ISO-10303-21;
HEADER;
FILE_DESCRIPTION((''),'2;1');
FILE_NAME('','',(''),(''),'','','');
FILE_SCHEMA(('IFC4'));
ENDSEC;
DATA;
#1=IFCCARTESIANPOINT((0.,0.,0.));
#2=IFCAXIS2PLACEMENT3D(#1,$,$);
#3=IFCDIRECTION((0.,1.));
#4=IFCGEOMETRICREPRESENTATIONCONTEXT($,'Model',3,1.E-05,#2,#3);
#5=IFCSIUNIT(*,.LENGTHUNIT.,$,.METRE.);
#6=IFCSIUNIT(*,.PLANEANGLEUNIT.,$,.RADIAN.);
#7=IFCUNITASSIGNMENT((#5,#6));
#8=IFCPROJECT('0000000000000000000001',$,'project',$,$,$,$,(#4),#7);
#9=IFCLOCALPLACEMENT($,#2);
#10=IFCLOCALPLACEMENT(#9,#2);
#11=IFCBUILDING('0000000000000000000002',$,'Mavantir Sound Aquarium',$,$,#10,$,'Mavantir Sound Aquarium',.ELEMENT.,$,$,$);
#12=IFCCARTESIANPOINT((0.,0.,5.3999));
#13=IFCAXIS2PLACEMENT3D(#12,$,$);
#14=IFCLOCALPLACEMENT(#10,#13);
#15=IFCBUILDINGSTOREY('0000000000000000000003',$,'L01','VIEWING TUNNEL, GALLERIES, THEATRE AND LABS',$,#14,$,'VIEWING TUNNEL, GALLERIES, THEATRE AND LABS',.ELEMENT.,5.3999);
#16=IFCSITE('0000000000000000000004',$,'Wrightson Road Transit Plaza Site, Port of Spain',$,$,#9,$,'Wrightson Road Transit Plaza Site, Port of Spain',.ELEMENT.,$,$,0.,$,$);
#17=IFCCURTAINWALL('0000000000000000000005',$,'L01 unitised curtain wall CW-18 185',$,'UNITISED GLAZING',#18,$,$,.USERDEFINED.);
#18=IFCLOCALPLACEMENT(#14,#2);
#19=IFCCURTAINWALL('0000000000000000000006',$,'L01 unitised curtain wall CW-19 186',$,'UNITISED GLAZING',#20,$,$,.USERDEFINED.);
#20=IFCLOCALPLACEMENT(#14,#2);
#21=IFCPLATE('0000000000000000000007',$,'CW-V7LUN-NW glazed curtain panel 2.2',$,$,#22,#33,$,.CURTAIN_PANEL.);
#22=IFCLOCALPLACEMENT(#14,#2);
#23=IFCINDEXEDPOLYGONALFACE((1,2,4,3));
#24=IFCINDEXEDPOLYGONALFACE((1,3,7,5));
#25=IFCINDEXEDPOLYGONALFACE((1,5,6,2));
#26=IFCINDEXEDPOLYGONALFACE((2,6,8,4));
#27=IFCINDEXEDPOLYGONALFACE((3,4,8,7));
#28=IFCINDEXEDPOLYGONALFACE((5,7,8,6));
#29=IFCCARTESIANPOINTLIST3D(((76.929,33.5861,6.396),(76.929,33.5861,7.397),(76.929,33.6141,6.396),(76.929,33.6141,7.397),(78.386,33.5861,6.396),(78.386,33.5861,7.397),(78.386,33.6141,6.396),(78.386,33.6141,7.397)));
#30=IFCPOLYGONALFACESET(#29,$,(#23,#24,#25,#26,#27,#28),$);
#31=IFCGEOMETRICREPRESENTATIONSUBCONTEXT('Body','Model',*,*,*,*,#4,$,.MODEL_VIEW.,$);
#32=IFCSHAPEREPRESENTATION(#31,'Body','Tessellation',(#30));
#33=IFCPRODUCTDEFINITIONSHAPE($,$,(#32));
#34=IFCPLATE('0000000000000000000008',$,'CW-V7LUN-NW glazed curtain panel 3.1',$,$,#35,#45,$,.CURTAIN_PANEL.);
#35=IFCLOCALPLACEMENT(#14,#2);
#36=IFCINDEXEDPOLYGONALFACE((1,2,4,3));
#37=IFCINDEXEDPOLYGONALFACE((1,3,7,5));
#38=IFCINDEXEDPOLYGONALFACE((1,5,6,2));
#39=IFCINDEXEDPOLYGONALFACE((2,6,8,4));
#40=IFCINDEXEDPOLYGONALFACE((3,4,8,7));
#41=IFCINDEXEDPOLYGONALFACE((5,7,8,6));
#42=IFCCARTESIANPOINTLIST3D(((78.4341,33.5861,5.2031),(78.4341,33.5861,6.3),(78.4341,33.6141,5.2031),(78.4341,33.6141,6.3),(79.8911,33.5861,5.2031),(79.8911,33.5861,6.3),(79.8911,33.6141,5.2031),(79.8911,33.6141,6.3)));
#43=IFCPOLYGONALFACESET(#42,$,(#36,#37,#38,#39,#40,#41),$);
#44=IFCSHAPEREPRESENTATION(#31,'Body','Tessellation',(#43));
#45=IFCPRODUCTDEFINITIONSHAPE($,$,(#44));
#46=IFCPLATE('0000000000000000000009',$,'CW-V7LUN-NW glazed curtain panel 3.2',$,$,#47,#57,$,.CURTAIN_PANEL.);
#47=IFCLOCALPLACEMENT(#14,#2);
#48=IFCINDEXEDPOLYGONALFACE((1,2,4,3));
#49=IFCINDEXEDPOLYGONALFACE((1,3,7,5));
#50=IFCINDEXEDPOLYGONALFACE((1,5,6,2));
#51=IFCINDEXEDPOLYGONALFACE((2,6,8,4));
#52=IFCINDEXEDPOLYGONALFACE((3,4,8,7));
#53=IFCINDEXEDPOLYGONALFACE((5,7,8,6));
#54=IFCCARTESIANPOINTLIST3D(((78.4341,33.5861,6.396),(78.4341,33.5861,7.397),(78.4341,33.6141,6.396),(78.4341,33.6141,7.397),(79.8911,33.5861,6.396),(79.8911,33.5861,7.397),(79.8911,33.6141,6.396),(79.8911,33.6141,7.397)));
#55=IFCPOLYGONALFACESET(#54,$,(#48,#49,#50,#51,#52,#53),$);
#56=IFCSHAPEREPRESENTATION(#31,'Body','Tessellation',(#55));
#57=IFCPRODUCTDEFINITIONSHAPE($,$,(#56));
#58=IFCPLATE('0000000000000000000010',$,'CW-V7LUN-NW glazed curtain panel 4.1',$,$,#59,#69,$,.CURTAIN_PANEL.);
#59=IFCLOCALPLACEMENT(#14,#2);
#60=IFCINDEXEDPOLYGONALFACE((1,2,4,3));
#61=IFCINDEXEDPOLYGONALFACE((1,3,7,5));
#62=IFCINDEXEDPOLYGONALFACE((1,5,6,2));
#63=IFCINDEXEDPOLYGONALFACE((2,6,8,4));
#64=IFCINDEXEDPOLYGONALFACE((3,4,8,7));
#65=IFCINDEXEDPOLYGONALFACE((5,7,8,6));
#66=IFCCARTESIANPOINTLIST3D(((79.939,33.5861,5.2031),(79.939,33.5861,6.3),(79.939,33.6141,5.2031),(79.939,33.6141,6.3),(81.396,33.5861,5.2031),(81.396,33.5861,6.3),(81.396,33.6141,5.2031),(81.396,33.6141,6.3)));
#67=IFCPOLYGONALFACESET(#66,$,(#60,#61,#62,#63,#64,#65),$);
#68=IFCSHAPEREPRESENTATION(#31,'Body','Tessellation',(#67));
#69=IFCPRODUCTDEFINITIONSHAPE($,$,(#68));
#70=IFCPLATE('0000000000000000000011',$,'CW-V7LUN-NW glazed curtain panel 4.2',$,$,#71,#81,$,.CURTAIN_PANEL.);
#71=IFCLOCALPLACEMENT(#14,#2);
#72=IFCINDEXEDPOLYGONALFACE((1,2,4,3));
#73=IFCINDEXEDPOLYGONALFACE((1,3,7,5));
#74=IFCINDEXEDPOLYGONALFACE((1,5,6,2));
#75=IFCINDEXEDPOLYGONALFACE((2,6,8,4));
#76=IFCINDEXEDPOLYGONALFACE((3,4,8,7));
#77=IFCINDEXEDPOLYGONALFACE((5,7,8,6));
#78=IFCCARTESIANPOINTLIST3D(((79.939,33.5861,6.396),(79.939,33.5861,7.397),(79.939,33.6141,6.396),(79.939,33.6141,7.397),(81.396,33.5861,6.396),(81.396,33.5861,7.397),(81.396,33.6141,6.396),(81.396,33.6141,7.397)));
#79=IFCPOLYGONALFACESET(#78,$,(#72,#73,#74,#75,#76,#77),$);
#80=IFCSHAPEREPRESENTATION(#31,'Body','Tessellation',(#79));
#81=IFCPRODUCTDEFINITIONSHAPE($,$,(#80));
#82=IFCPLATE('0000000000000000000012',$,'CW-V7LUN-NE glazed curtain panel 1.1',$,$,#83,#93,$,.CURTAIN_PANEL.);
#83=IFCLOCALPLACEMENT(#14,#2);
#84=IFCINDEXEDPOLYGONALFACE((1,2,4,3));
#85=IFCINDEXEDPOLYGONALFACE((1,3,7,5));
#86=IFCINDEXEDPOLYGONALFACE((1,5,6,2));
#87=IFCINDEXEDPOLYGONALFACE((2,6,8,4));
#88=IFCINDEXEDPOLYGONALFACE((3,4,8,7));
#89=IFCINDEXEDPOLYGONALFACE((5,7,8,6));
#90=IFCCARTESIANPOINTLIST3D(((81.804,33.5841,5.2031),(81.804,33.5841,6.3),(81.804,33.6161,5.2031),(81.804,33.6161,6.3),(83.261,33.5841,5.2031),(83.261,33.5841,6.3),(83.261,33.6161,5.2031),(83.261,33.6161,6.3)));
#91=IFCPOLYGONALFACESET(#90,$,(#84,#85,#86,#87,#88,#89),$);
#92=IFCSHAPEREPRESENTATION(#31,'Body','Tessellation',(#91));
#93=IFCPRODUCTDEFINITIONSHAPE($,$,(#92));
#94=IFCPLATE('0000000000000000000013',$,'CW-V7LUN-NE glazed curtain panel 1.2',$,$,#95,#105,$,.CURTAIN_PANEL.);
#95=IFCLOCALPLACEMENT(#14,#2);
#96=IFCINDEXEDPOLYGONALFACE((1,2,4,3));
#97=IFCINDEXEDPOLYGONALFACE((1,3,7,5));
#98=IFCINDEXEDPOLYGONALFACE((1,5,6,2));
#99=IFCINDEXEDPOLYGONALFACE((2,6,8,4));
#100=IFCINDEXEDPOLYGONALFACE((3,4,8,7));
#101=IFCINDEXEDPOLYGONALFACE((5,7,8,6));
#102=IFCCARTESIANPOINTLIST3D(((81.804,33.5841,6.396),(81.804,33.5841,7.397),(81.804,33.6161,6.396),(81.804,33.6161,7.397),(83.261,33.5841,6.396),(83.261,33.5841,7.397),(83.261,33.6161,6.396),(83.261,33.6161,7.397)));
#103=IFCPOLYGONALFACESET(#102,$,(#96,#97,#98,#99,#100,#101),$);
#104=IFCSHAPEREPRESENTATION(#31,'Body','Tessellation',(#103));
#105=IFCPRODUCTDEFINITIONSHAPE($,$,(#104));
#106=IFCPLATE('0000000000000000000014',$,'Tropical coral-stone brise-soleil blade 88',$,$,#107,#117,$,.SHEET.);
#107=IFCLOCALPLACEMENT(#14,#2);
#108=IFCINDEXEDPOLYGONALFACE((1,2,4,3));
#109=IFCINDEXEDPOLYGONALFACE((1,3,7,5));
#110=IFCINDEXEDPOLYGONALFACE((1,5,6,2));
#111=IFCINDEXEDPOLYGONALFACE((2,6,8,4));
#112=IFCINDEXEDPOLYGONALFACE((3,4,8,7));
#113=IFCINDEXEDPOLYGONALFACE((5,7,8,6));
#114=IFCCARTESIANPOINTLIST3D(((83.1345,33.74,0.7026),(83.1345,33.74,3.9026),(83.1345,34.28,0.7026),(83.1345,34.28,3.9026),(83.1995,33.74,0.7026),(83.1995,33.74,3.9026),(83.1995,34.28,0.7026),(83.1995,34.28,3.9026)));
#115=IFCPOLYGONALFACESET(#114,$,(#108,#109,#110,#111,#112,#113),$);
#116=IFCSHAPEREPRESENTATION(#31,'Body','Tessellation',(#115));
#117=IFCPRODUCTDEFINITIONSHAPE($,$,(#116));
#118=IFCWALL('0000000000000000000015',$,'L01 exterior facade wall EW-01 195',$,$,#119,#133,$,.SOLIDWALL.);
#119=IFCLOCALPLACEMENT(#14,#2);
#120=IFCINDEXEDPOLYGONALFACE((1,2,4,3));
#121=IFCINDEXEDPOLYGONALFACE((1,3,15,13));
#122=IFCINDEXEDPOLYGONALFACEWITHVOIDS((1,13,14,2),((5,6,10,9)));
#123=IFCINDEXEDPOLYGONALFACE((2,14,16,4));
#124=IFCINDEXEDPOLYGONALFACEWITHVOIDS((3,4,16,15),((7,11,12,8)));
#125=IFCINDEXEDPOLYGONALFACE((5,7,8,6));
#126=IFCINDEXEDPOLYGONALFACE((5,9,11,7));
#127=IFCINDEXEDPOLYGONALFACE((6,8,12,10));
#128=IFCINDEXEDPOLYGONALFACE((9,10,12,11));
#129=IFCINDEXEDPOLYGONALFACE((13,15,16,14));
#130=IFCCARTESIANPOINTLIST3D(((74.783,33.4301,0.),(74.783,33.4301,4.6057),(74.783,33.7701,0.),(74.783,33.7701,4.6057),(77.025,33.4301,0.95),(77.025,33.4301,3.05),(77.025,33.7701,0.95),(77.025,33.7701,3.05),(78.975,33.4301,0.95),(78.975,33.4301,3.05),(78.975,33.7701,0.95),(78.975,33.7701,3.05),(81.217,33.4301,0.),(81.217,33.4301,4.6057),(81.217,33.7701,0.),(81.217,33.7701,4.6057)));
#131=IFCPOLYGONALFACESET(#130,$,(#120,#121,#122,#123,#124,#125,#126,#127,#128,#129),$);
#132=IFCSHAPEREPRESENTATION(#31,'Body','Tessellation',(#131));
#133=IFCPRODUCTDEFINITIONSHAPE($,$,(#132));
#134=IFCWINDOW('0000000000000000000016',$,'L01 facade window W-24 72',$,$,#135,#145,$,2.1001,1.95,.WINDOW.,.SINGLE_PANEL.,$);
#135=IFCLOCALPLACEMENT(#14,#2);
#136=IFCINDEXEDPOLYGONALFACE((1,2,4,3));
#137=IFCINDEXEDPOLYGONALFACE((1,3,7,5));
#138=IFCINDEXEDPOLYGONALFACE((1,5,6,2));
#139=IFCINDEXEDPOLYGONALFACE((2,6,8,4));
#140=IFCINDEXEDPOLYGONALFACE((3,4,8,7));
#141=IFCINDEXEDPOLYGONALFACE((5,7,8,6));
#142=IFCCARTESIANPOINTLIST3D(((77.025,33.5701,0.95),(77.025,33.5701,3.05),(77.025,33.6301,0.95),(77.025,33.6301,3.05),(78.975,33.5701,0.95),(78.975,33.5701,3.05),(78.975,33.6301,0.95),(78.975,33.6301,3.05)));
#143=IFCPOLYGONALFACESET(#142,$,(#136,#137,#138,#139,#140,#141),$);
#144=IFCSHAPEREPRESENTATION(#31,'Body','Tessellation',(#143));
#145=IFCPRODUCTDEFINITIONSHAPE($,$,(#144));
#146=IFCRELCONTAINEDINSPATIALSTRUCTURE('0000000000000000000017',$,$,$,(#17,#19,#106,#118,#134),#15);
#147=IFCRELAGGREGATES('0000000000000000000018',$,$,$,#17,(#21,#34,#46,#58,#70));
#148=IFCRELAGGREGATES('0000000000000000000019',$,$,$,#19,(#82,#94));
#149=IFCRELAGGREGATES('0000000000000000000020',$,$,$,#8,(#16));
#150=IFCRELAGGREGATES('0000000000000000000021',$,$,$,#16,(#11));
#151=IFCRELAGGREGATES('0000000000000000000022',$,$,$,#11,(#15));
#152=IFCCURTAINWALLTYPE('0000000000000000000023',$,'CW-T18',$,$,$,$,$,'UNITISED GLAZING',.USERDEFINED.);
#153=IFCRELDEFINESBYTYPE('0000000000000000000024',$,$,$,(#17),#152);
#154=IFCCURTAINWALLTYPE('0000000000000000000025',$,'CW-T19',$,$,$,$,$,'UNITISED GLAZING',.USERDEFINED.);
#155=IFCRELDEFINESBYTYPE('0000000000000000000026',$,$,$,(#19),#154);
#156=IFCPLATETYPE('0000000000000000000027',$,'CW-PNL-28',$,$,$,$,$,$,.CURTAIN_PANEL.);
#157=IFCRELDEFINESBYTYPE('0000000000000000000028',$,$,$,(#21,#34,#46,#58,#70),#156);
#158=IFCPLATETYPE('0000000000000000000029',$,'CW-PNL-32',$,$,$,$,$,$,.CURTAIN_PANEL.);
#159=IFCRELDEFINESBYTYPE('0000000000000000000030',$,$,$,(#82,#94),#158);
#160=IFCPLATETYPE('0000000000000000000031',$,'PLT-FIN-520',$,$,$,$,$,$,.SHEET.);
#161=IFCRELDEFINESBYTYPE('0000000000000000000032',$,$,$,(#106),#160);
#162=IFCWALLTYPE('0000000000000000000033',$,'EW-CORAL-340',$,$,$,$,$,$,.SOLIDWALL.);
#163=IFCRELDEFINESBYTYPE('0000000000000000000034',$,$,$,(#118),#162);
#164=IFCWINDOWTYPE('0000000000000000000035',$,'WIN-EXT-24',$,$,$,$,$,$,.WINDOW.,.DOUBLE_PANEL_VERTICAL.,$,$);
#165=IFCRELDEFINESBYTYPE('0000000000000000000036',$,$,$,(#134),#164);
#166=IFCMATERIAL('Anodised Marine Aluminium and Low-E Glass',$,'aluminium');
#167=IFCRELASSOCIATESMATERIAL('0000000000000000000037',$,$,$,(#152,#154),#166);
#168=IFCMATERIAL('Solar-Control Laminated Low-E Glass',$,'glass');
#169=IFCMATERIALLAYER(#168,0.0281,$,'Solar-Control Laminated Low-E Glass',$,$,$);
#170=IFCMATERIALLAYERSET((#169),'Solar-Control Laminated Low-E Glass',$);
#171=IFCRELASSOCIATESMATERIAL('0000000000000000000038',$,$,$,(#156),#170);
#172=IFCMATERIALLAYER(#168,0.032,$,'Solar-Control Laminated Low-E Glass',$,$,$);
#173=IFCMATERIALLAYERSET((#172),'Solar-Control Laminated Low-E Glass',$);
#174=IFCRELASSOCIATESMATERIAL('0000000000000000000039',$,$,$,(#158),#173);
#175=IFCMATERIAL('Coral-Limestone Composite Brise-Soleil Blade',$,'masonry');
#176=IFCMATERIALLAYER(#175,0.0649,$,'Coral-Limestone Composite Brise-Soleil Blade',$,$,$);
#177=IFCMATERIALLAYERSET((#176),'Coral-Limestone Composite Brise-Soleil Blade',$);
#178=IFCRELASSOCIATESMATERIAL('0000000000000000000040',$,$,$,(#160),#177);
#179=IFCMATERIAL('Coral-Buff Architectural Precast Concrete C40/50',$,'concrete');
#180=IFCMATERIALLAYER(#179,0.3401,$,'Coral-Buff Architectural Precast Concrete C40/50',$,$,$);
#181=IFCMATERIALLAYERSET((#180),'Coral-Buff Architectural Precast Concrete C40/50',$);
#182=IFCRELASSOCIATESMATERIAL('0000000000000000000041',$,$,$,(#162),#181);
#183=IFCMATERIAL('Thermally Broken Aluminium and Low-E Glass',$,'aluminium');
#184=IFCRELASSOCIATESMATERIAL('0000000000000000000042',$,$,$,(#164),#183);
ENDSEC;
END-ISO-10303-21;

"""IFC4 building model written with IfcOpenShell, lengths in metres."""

from ifc_helpers import new_model, si_unit, direction, frame, frame_2d, origin, origin_2d, place, context, subcontext, project, spatial, rectangle, extrude, material, layer, layer_set, type_object, element, fill, aggregate, save


model = new_model("IFC4")

# Units and contexts
model_context = context("Model", 3, precision=1e-05, world=origin(), true_north=direction((0.0, 1.0)))
body_context = subcontext(model_context, "Body", "Model", "MODEL_VIEW")
ifc_project = project(units=[si_unit("LENGTHUNIT", "METRE"), si_unit("PLANEANGLEUNIT", "RADIAN")], contexts=[model_context])

# Site, building, storey
site_placement = place(None, origin())
site = spatial("IfcSite", under=ifc_project, at=site_placement, Name="Wrightson Road Transit Plaza Site, Port of Spain", LongName="Wrightson Road Transit Plaza Site, Port of Spain", CompositionType="ELEMENT", RefElevation=0.0)
building_placement = place(site_placement, origin())
building = spatial("IfcBuilding", under=site, at=building_placement, Name="Mavantir Sound Aquarium", LongName="Mavantir Sound Aquarium", CompositionType="ELEMENT")
storey_placement = place(building_placement, frame((0.0, 0.0, 5.3999)))
storey = spatial("IfcBuildingStorey", under=building, at=storey_placement, Name="L01", Description="VIEWING TUNNEL, GALLERIES, THEATRE AND LABS", LongName="VIEWING TUNNEL, GALLERIES, THEATRE AND LABS", CompositionType="ELEMENT", Elevation=5.3999)

# Curtain walls
ifc_material_1 = material(Name="Anodised Marine Aluminium and Low-E Glass", Category="aluminium")
curtain_wall_type_1 = type_object("IfcCurtainWallType", Name="CW-T18", ElementType="UNITISED GLAZING", PredefinedType="USERDEFINED", material=ifc_material_1)
curtain_wall_1_placement = place(storey_placement, origin())
curtain_wall_1 = element("IfcCurtainWall", 1, at=curtain_wall_1_placement, inside=storey, type_object=curtain_wall_type_1, Name="L01 unitised curtain wall CW-18 185", ObjectType="UNITISED GLAZING", PredefinedType="USERDEFINED")
curtain_wall_type_2 = type_object("IfcCurtainWallType", Name="CW-T19", ElementType="UNITISED GLAZING", PredefinedType="USERDEFINED", material=ifc_material_1)
curtain_wall_2_placement = place(storey_placement, origin())
curtain_wall_2 = element("IfcCurtainWall", 2, at=curtain_wall_2_placement, inside=storey, type_object=curtain_wall_type_2, Name="L01 unitised curtain wall CW-19 186", ObjectType="UNITISED GLAZING", PredefinedType="USERDEFINED")

# Plates
ifc_material_2 = material(Name="Solar-Control Laminated Low-E Glass", Category="glass")
ifc_layer_1 = layer(ifc_material_2, 0.0281, Name="Solar-Control Laminated Low-E Glass")
ifc_layer_set_1 = layer_set([ifc_layer_1], Name="Solar-Control Laminated Low-E Glass")
plate_type_1 = type_object("IfcPlateType", Name="CW-PNL-28", PredefinedType="CURTAIN_PANEL", material=ifc_layer_set_1)
plate_1_placement = place(storey_placement, frame((77.6575, 33.6001, 6.396), z_axis=(0.0, 0.0, 1.0), x_axis=(1.0, 0.0, 0.0)))
plate_1 = element("IfcPlate", 3, at=plate_1_placement, type_object=plate_type_1, Name="CW-V7LUN-NW glazed curtain panel 2.2", PredefinedType="CURTAIN_PANEL", context=body_context, shape_type="SweptSolid", body=[
    extrude(rectangle(XDim=1.457, YDim=0.0281, at=origin_2d()), origin(), (0.0, 0.0, 1.0), 1.001),
])
plate_2_placement = place(storey_placement, frame((79.1626, 33.6001, 5.2031), z_axis=(0.0, 0.0, 1.0), x_axis=(1.0, 0.0, 0.0)))
plate_2 = element("IfcPlate", 4, at=plate_2_placement, type_object=plate_type_1, Name="CW-V7LUN-NW glazed curtain panel 3.1", PredefinedType="CURTAIN_PANEL", context=body_context, shape_type="SweptSolid", body=[
    extrude(rectangle(XDim=1.457, YDim=0.0281, at=origin_2d()), origin(), (0.0, 0.0, 1.0), 1.0969),
])
plate_3_placement = place(storey_placement, frame((79.1626, 33.6001, 6.396), z_axis=(0.0, 0.0, 1.0), x_axis=(1.0, 0.0, 0.0)))
plate_3 = element("IfcPlate", 5, at=plate_3_placement, type_object=plate_type_1, Name="CW-V7LUN-NW glazed curtain panel 3.2", PredefinedType="CURTAIN_PANEL", context=body_context, shape_type="SweptSolid", body=[
    extrude(rectangle(XDim=1.457, YDim=0.0281, at=origin_2d()), origin(), (0.0, 0.0, 1.0), 1.001),
])
plate_4_placement = place(storey_placement, frame((80.6675, 33.6001, 5.2031), z_axis=(0.0, 0.0, 1.0), x_axis=(1.0, 0.0, 0.0)))
plate_4 = element("IfcPlate", 6, at=plate_4_placement, type_object=plate_type_1, Name="CW-V7LUN-NW glazed curtain panel 4.1", PredefinedType="CURTAIN_PANEL", context=body_context, shape_type="SweptSolid", body=[
    extrude(rectangle(XDim=1.457, YDim=0.0281, at=origin_2d()), origin(), (0.0, 0.0, 1.0), 1.0969),
])
plate_5_placement = place(storey_placement, frame((80.6675, 33.6001, 6.396), z_axis=(0.0, 0.0, 1.0), x_axis=(1.0, 0.0, 0.0)))
plate_5 = element("IfcPlate", 7, at=plate_5_placement, type_object=plate_type_1, Name="CW-V7LUN-NW glazed curtain panel 4.2", PredefinedType="CURTAIN_PANEL", context=body_context, shape_type="SweptSolid", body=[
    extrude(rectangle(XDim=1.457, YDim=0.0281, at=origin_2d()), origin(), (0.0, 0.0, 1.0), 1.001),
])
aggregate(curtain_wall_1, [plate_1, plate_2, plate_3, plate_4, plate_5])
ifc_layer_2 = layer(ifc_material_2, 0.032, Name="Solar-Control Laminated Low-E Glass")
ifc_layer_set_2 = layer_set([ifc_layer_2], Name="Solar-Control Laminated Low-E Glass")
plate_type_2 = type_object("IfcPlateType", Name="CW-PNL-32", PredefinedType="CURTAIN_PANEL", material=ifc_layer_set_2)
plate_6_placement = place(storey_placement, frame((82.5325, 33.6001, 5.2031), z_axis=(0.0, 0.0, 1.0), x_axis=(1.0, 0.0, 0.0)))
plate_6 = element("IfcPlate", 8, at=plate_6_placement, type_object=plate_type_2, Name="CW-V7LUN-NE glazed curtain panel 1.1", PredefinedType="CURTAIN_PANEL", context=body_context, shape_type="SweptSolid", body=[
    extrude(rectangle(XDim=1.457, YDim=0.032, at=origin_2d()), origin(), (0.0, 0.0, 1.0), 1.0969),
])
plate_7_placement = place(storey_placement, frame((82.5325, 33.6001, 6.396), z_axis=(0.0, 0.0, 1.0), x_axis=(1.0, 0.0, 0.0)))
plate_7 = element("IfcPlate", 9, at=plate_7_placement, type_object=plate_type_2, Name="CW-V7LUN-NE glazed curtain panel 1.2", PredefinedType="CURTAIN_PANEL", context=body_context, shape_type="SweptSolid", body=[
    extrude(rectangle(XDim=1.457, YDim=0.032, at=origin_2d()), origin(), (0.0, 0.0, 1.0), 1.001),
])
aggregate(curtain_wall_2, [plate_6, plate_7])
ifc_material_3 = material(Name="Coral-Limestone Composite Brise-Soleil Blade", Category="masonry")
ifc_layer_3 = layer(ifc_material_3, 0.0649, Name="Coral-Limestone Composite Brise-Soleil Blade")
ifc_layer_set_3 = layer_set([ifc_layer_3], Name="Coral-Limestone Composite Brise-Soleil Blade")
plate_type_3 = type_object("IfcPlateType", Name="PLT-FIN-520", PredefinedType="SHEET", material=ifc_layer_set_3)
plate_8_placement = place(storey_placement, frame((83.167, 34.01, 0.7026), z_axis=(0.0, 0.0, 1.0), x_axis=(1.0, 0.0, 0.0)))
element("IfcPlate", 10, at=plate_8_placement, inside=storey, type_object=plate_type_3, Name="Tropical coral-stone brise-soleil blade 88", PredefinedType="SHEET", context=body_context, shape_type="SweptSolid", body=[
    extrude(rectangle(XDim=0.0649, YDim=0.54, at=origin_2d()), origin(), (0.0, 0.0, 1.0), 3.2),
])

# Wall, opening, window
ifc_material_4 = material(Name="Coral-Buff Architectural Precast Concrete C40/50", Category="concrete")
ifc_layer_4 = layer(ifc_material_4, 0.3401, Name="Coral-Buff Architectural Precast Concrete C40/50")
ifc_layer_set_4 = layer_set([ifc_layer_4], Name="Coral-Buff Architectural Precast Concrete C40/50")
wall_type = type_object("IfcWallType", Name="EW-CORAL-340", PredefinedType="SOLIDWALL", material=ifc_layer_set_4)
wall_placement = place(storey_placement, frame((81.217, 33.6001, 0.0), z_axis=(0.0, 0.0, 1.0), x_axis=(-1.0, 0.0, 0.0)))
wall = element("IfcWall", 11, at=wall_placement, inside=storey, type_object=wall_type, Name="L01 exterior facade wall EW-01 195", PredefinedType="SOLIDWALL", context=body_context, shape_type="SweptSolid", body=[
    extrude(rectangle(XDim=6.4341, YDim=0.3401, at=frame_2d((3.217, 0.0))), origin(), (0.0, 0.0, 1.0), 4.6057),
])
opening_placement = place(wall_placement, frame((2.2419, 0.0, 0.95)))
opening = element("IfcOpeningElement", 12, at=opening_placement, cuts=wall, PredefinedType="OPENING", context=body_context, shape_type="SweptSolid", body=[
    extrude(rectangle(XDim=1.95, YDim=2.1001, at=frame_2d((0.9751, 1.05))), frame((0.0, 0.1802, 0.0), z_axis=(0.0, -1.0, 0.0), x_axis=(1.0, 0.0, 0.0)), (0.0, 0.0, 1.0), 0.3601),
])
ifc_material_5 = material(Name="Thermally Broken Aluminium and Low-E Glass", Category="aluminium")
window_type = type_object("IfcWindowType", Name="WIN-EXT-24", PartitioningType="DOUBLE_PANEL_VERTICAL", PredefinedType="WINDOW", material=ifc_material_5)
window_placement = place(opening_placement, origin())
window = element("IfcWindow", 13, at=window_placement, inside=storey, type_object=window_type, Name="L01 facade window W-24 72", OverallHeight=2.1001, OverallWidth=1.95, PartitioningType="SINGLE_PANEL", PredefinedType="WINDOW", context=body_context, shape_type="SweptSolid", body=[
    extrude(rectangle(XDim=1.95, YDim=2.1001, at=frame_2d((0.9751, 1.05))), frame((0.0, 0.03, 0.0), z_axis=(0.0, -1.0, 0.0), x_axis=(1.0, 0.0, 0.0)), (0.0, 0.0, 1.0), 0.0601),
])
fill(opening, window)

save(model, "model.ifc")
